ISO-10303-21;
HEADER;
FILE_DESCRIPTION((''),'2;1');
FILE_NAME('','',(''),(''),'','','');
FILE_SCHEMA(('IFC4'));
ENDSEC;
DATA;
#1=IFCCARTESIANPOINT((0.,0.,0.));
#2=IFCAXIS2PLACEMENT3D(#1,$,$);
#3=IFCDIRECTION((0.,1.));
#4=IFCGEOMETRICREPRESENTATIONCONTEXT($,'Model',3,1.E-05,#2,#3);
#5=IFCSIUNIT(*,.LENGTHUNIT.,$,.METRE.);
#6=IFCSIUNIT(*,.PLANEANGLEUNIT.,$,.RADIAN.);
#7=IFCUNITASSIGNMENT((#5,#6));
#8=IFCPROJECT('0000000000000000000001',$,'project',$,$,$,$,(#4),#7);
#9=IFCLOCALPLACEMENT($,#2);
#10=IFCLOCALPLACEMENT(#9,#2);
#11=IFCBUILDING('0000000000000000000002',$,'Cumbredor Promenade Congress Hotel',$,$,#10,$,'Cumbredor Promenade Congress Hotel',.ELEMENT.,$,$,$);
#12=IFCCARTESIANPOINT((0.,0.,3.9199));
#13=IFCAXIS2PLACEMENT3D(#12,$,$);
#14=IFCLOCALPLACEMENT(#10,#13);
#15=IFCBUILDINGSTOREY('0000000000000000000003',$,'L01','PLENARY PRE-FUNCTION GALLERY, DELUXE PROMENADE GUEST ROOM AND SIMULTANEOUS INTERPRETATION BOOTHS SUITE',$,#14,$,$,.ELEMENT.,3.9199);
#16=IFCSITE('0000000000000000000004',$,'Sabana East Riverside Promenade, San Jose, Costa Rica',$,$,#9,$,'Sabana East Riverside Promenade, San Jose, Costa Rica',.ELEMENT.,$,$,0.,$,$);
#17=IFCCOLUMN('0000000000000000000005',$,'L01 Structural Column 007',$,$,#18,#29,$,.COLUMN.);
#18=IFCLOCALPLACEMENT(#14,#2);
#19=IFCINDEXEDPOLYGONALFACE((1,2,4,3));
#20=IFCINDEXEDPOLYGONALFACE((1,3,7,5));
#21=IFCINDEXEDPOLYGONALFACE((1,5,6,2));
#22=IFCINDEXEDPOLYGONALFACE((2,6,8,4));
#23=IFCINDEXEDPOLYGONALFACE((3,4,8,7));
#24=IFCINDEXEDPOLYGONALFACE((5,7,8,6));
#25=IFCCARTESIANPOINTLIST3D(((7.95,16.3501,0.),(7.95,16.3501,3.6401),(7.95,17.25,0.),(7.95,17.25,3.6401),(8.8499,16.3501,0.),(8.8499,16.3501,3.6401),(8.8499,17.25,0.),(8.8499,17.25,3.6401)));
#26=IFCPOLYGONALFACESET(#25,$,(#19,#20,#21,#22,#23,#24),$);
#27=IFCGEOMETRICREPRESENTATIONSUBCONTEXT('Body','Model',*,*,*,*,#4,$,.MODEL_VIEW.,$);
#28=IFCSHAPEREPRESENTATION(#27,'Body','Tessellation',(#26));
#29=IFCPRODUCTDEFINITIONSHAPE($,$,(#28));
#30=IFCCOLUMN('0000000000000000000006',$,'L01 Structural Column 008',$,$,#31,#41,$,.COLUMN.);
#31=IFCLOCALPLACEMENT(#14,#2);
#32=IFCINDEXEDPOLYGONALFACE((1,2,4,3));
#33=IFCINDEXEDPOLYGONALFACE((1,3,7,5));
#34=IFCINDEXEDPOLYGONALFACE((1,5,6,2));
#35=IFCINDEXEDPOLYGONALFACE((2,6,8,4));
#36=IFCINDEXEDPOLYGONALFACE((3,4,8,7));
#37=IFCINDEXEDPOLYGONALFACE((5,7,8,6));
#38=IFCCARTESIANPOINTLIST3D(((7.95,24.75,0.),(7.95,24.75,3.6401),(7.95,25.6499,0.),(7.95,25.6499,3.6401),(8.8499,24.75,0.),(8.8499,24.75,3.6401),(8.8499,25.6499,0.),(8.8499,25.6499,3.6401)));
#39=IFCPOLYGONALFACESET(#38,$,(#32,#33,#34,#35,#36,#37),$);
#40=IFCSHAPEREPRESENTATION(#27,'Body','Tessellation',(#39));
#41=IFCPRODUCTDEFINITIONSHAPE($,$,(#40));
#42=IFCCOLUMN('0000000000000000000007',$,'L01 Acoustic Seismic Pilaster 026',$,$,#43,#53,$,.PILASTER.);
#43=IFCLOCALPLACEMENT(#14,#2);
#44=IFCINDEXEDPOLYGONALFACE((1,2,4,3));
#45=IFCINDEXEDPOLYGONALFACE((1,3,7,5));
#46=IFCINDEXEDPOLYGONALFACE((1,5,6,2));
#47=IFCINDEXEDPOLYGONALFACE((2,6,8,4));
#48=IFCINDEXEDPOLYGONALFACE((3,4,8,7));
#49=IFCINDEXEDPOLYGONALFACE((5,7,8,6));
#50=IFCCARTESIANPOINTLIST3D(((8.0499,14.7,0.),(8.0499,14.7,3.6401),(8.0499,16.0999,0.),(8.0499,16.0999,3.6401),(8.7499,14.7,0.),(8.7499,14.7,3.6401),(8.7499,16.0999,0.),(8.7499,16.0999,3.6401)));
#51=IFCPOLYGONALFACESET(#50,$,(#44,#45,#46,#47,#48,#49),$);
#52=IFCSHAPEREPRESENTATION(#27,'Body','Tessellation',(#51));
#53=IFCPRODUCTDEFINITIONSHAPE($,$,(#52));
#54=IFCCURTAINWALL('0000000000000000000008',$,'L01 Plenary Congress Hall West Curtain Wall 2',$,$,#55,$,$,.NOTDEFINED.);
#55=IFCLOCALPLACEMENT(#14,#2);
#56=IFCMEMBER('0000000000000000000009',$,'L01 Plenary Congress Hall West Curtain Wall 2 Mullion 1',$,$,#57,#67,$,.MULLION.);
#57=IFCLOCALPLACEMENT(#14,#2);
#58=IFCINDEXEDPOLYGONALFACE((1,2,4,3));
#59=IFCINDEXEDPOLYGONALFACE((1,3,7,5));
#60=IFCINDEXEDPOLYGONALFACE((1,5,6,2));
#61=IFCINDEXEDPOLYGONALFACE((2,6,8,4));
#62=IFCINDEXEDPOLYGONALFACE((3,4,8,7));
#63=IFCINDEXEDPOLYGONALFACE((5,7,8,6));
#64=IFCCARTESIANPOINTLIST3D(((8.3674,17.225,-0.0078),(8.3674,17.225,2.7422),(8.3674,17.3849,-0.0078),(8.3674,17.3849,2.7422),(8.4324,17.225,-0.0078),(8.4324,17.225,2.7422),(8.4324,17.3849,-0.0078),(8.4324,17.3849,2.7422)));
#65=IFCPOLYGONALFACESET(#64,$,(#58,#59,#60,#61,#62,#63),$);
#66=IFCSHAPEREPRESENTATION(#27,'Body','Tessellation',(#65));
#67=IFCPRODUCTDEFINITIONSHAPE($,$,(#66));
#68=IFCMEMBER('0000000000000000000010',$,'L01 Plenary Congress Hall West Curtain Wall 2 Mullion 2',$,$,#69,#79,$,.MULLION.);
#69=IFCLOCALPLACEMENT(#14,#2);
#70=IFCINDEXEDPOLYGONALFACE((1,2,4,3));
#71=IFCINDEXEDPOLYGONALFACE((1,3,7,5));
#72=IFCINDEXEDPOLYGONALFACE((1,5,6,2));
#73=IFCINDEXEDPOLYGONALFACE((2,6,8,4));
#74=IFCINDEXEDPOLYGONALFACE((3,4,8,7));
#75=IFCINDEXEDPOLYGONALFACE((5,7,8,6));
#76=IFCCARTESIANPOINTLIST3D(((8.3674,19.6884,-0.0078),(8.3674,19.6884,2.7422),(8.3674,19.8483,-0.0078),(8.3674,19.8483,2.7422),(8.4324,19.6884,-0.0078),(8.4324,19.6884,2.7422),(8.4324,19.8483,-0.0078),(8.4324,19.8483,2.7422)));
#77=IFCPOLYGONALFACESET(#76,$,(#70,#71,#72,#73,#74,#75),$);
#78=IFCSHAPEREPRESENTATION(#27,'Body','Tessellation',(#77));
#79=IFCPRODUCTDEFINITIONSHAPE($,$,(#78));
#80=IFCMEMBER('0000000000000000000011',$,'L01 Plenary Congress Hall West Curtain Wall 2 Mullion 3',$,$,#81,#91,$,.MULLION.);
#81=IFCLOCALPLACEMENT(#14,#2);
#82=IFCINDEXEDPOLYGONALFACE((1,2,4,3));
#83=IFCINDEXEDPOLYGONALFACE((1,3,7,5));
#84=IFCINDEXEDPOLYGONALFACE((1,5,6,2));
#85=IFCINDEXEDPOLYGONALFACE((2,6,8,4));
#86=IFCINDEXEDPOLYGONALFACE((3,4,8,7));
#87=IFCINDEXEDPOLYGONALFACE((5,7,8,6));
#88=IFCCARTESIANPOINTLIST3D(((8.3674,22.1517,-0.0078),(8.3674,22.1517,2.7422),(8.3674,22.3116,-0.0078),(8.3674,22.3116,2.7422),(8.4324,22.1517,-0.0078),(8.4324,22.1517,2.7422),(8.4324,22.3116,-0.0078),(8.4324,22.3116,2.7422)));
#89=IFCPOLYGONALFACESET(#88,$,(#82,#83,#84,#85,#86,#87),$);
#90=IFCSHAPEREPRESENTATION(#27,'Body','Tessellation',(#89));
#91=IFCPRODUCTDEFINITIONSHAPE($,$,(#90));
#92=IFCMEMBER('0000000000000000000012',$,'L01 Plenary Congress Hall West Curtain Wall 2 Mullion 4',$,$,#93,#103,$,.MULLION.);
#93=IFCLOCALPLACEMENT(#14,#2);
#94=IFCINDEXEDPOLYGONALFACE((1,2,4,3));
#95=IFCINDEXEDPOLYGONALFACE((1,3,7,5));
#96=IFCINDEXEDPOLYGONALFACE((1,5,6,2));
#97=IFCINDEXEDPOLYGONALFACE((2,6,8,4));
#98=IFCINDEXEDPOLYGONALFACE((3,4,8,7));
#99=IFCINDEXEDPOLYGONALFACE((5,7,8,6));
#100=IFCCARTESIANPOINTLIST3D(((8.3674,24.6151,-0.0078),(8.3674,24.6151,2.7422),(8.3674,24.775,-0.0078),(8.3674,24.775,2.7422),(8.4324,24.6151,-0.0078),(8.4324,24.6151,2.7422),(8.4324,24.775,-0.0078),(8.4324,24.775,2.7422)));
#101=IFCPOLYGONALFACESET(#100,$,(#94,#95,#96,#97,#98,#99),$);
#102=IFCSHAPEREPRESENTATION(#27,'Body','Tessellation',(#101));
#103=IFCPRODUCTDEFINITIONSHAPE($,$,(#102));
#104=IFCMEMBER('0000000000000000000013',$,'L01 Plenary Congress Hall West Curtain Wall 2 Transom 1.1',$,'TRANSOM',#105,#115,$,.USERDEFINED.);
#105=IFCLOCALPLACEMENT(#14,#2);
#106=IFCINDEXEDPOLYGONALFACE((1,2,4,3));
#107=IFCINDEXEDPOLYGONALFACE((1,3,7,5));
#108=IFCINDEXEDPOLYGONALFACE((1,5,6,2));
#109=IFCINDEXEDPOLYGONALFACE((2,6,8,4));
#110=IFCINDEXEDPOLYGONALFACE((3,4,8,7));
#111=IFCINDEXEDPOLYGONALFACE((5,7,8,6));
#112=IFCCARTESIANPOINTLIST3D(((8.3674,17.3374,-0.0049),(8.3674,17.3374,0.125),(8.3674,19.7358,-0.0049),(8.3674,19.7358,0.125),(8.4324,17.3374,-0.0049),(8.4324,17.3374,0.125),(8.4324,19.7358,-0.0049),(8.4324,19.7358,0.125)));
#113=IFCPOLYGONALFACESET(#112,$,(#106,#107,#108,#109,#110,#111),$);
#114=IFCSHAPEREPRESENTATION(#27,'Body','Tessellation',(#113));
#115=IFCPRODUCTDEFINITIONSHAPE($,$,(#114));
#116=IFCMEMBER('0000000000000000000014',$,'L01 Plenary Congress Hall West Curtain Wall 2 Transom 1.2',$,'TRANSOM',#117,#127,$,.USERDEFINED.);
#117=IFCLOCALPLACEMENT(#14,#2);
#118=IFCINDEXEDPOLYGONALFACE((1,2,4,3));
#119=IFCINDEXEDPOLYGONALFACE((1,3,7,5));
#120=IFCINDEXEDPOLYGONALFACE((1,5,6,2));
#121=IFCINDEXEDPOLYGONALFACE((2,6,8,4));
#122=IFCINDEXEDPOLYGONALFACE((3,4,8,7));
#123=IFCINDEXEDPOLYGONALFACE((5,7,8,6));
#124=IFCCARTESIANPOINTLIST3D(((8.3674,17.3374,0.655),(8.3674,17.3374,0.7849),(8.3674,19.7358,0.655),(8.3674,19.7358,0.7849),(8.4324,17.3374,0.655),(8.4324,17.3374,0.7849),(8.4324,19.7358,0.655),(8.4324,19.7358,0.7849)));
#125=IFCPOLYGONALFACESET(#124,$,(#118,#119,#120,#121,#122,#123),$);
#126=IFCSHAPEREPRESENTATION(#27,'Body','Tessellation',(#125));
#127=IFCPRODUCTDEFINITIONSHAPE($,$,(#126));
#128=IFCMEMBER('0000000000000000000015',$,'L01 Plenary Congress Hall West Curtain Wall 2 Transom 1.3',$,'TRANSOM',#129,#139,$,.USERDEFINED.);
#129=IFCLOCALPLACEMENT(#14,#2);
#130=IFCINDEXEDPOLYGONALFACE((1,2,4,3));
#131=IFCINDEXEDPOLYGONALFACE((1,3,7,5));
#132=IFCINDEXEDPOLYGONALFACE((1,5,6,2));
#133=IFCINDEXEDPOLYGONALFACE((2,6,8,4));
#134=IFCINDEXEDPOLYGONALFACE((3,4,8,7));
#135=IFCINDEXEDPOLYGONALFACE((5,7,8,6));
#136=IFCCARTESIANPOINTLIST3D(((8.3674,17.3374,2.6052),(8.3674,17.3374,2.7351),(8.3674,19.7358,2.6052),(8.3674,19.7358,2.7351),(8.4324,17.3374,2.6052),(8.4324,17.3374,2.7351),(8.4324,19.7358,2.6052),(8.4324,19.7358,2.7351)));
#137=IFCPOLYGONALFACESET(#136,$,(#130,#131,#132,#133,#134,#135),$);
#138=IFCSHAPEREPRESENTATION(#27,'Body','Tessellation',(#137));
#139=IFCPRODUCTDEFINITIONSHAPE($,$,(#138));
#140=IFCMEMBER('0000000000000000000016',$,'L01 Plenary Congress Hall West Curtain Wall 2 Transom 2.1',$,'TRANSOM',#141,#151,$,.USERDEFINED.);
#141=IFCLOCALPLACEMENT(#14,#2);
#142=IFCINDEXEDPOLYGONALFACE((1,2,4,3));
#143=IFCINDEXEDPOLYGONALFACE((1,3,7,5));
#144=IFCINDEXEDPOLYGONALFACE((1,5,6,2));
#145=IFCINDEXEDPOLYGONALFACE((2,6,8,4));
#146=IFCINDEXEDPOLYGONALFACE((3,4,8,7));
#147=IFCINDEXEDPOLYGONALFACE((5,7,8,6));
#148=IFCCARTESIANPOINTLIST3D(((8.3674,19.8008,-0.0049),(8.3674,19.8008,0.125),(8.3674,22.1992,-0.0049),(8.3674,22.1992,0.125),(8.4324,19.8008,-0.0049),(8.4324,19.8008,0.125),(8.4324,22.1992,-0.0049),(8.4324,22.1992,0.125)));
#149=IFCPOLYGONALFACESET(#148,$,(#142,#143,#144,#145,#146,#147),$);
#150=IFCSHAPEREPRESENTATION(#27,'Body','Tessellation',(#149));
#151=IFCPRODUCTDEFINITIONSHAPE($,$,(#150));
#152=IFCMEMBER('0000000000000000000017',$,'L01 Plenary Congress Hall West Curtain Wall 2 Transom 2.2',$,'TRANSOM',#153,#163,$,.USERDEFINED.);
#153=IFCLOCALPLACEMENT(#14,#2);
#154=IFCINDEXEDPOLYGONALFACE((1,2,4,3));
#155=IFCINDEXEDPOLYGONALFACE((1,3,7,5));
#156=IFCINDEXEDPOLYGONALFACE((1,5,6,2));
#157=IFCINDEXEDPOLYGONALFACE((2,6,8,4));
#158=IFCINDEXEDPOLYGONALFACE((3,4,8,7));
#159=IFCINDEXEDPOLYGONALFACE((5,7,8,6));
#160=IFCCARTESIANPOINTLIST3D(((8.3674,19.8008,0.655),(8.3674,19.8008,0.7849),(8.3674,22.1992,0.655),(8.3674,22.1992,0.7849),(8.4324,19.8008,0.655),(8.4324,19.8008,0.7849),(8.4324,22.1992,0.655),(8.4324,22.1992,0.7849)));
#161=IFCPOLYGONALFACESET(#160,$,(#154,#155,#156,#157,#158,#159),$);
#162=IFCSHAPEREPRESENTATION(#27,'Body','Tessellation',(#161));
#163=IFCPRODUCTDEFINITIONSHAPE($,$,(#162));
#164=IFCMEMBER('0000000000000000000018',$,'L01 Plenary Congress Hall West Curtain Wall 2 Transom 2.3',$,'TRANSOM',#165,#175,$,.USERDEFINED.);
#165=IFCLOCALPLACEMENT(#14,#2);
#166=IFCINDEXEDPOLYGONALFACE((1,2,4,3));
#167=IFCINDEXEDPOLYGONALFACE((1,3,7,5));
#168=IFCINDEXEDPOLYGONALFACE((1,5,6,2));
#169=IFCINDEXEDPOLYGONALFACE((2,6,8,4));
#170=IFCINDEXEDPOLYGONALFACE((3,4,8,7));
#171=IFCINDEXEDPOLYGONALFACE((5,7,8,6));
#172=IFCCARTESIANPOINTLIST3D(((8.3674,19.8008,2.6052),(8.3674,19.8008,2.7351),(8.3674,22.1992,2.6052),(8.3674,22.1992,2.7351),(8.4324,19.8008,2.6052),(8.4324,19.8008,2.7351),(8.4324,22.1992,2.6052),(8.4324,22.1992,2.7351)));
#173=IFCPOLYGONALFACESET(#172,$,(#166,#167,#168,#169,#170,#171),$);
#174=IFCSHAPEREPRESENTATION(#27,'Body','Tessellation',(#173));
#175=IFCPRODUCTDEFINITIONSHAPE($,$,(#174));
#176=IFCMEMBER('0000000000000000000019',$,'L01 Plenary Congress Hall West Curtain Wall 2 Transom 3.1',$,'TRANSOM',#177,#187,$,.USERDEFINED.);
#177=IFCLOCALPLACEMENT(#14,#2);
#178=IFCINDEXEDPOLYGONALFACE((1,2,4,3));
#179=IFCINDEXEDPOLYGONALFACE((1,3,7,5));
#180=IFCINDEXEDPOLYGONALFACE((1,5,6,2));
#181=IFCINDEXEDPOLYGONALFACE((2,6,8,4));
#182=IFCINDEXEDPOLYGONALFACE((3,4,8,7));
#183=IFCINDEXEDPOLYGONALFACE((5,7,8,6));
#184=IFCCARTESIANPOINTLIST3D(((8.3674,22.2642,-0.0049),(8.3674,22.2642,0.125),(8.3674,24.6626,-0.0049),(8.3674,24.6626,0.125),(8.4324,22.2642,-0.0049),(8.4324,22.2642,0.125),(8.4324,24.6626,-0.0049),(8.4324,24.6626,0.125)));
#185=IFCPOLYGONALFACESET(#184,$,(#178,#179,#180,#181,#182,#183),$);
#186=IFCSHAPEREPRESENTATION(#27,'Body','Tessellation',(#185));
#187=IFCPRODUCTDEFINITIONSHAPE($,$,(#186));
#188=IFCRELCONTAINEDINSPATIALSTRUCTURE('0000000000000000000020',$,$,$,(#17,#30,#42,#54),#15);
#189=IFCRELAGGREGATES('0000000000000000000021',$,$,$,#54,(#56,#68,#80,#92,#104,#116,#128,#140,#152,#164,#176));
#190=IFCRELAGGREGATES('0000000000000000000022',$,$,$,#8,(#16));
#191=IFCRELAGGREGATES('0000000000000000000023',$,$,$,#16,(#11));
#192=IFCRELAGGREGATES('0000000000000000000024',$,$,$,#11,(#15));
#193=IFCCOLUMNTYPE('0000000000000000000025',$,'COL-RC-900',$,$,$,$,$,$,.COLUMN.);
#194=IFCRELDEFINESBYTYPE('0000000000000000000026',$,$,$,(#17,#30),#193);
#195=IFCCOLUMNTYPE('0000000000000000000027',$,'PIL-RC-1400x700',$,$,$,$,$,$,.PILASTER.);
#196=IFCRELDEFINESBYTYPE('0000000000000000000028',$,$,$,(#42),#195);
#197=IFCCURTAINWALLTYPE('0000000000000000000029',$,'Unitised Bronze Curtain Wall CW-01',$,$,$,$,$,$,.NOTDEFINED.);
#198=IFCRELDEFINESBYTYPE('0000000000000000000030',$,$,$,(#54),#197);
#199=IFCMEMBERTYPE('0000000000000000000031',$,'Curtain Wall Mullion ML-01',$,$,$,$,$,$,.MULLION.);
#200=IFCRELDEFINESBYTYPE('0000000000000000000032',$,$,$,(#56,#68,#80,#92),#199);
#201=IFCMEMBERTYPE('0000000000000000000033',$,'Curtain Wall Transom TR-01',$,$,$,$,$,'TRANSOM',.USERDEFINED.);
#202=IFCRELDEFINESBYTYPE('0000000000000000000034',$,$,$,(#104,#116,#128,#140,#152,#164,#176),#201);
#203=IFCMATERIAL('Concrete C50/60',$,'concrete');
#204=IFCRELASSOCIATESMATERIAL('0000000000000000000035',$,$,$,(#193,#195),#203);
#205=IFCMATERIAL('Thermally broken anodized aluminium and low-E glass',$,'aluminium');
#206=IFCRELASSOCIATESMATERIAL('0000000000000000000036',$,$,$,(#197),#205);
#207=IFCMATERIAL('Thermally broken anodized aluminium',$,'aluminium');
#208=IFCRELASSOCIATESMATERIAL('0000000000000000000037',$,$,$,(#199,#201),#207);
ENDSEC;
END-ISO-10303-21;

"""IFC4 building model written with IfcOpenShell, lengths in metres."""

from ifc_helpers import new_model, si_unit, direction, frame, origin, origin_2d, place, context, subcontext, project, spatial, rectangle, extrude, material, material_profile, profile_set, type_object, element, aggregate, save


model = new_model("IFC4")

# Units and contexts
model_context = context("Model", 3, precision=1e-05, world=origin(), true_north=direction((0.0, 1.0)))
body_context = subcontext(model_context, "Body", "Model", "MODEL_VIEW")
ifc_project = project(units=[si_unit("LENGTHUNIT", "METRE"), si_unit("PLANEANGLEUNIT", "RADIAN")], contexts=[model_context])

# Site, building, storey
site_placement = place(None, origin())
site = spatial("IfcSite", under=ifc_project, at=site_placement, Name="Sabana East Riverside Promenade, San Jose, Costa Rica", LongName="Sabana East Riverside Promenade, San Jose, Costa Rica", CompositionType="ELEMENT", RefElevation=0.0)
building_placement = place(site_placement, origin())
building = spatial("IfcBuilding", under=site, at=building_placement, Name="Cumbredor Promenade Congress Hotel", LongName="Cumbredor Promenade Congress Hotel", CompositionType="ELEMENT")
storey_placement = place(building_placement, frame((0.0, 0.0, 3.9199)))
storey = spatial("IfcBuildingStorey", under=building, at=storey_placement, Name="L01", Description="PLENARY PRE-FUNCTION GALLERY, DELUXE PROMENADE GUEST ROOM AND SIMULTANEOUS INTERPRETATION BOOTHS SUITE", CompositionType="ELEMENT", Elevation=3.9199)

# Columns
ifc_material_1 = material(Name="Concrete C50/60", Category="concrete")
ifc_material_profile_1 = material_profile(ifc_material_1, rectangle(XDim=0.8999, YDim=0.8999, at=origin_2d()), Name="RC 900x900")
ifc_profile_set_1 = profile_set([ifc_material_profile_1], Name="Concrete C50/60")
column_type_1 = type_object("IfcColumnType", Name="COL-RC-900", PredefinedType="COLUMN", material=ifc_profile_set_1)
for number, where, z_axis, x_axis, name in (
    (1, (8.3999, 16.8, 0.0), (0.0, 0.0, 1.0), (1.0, 0.0, 0.0), "L01 Structural Column 007"),
    (2, (8.3999, 25.2, 0.0), (0.0, 0.0, 1.0), (1.0, 0.0, 0.0), "L01 Structural Column 008"),
):
    element("IfcColumn", number, at=place(storey_placement, frame(where, z_axis=z_axis, x_axis=x_axis)), inside=storey, type_object=column_type_1, Name=name, PredefinedType="COLUMN", context=body_context, shape_type="SweptSolid", body=[
        extrude(rectangle(XDim=0.8999, YDim=0.8999, at=origin_2d()), origin(), (0.0, 0.0, 1.0), 3.6401),
    ])
ifc_material_profile_2 = material_profile(ifc_material_1, rectangle(XDim=0.7, YDim=1.3999, at=origin_2d()), Name="RC PILASTER 1400x700")
ifc_profile_set_2 = profile_set([ifc_material_profile_2], Name="Concrete C50/60")
column_type_2 = type_object("IfcColumnType", Name="PIL-RC-1400x700", PredefinedType="PILASTER", material=ifc_profile_set_2)
column_placement = place(storey_placement, frame((8.3999, 15.3999, 0.0), z_axis=(0.0, 0.0, 1.0), x_axis=(1.0, 0.0, 0.0)))
element("IfcColumn", 3, at=column_placement, inside=storey, type_object=column_type_2, Name="L01 Acoustic Seismic Pilaster 026", PredefinedType="PILASTER", context=body_context, shape_type="SweptSolid", body=[
    extrude(rectangle(XDim=0.7, YDim=1.3999, at=origin_2d()), origin(), (0.0, 0.0, 1.0), 3.6401),
])

# Curtain wall, members
ifc_material_2 = material(Name="Thermally broken anodized aluminium and low-E glass", Category="aluminium")
curtain_wall_type = type_object("IfcCurtainWallType", Name="Unitised Bronze Curtain Wall CW-01", PredefinedType="NOTDEFINED", material=ifc_material_2)
curtain_wall_placement = place(storey_placement, origin())
curtain_wall = element("IfcCurtainWall", 4, at=curtain_wall_placement, inside=storey, type_object=curtain_wall_type, Name="L01 Plenary Congress Hall West Curtain Wall 2", PredefinedType="NOTDEFINED")
ifc_material_3 = material(Name="Thermally broken anodized aluminium", Category="aluminium")
ifc_material_profile_3 = material_profile(ifc_material_3, rectangle(XDim=0.0649, YDim=0.1599, at=origin_2d()), Name="ALU MULLION 65x160")
ifc_profile_set_3 = profile_set([ifc_material_profile_3], Name="Thermally broken anodized aluminium")
member_type_1 = type_object("IfcMemberType", Name="Curtain Wall Mullion ML-01", PredefinedType="MULLION", material=ifc_profile_set_3)
member_1_placement = place(storey_placement, frame((8.3999, 17.3049, -0.0078), z_axis=(0.0, 0.0, 1.0), x_axis=(1.0, 0.0, 0.0)))
member_1 = element("IfcMember", 5, at=member_1_placement, type_object=member_type_1, Name="L01 Plenary Congress Hall West Curtain Wall 2 Mullion 1", PredefinedType="MULLION", context=body_context, shape_type="SweptSolid", body=[
    extrude(rectangle(XDim=0.0649, YDim=0.1599, at=origin_2d()), origin(), (0.0, 0.0, 1.0), 2.75),
])
member_2_placement = place(storey_placement, frame((8.3999, 19.7683, -0.0078), z_axis=(0.0, 0.0, 1.0), x_axis=(1.0, 0.0, 0.0)))
member_2 = element("IfcMember", 6, at=member_2_placement, type_object=member_type_1, Name="L01 Plenary Congress Hall West Curtain Wall 2 Mullion 2", PredefinedType="MULLION", context=body_context, shape_type="SweptSolid", body=[
    extrude(rectangle(XDim=0.0649, YDim=0.1599, at=origin_2d()), origin(), (0.0, 0.0, 1.0), 2.75),
])
member_3_placement = place(storey_placement, frame((8.3999, 22.2317, -0.0078), z_axis=(0.0, 0.0, 1.0), x_axis=(1.0, 0.0, 0.0)))
member_3 = element("IfcMember", 7, at=member_3_placement, type_object=member_type_1, Name="L01 Plenary Congress Hall West Curtain Wall 2 Mullion 3", PredefinedType="MULLION", context=body_context, shape_type="SweptSolid", body=[
    extrude(rectangle(XDim=0.0649, YDim=0.1599, at=origin_2d()), origin(), (0.0, 0.0, 1.0), 2.75),
])
member_4_placement = place(storey_placement, frame((8.3999, 24.6951, -0.0078), z_axis=(0.0, 0.0, 1.0), x_axis=(1.0, 0.0, 0.0)))
member_4 = element("IfcMember", 8, at=member_4_placement, type_object=member_type_1, Name="L01 Plenary Congress Hall West Curtain Wall 2 Mullion 4", PredefinedType="MULLION", context=body_context, shape_type="SweptSolid", body=[
    extrude(rectangle(XDim=0.0649, YDim=0.1599, at=origin_2d()), origin(), (0.0, 0.0, 1.0), 2.75),
])
ifc_material_profile_4 = material_profile(ifc_material_3, rectangle(XDim=0.0649, YDim=0.1299, at=origin_2d()), Name="ALU TRANSOM 65x130")
ifc_profile_set_4 = profile_set([ifc_material_profile_4], Name="Thermally broken anodized aluminium")
member_type_2 = type_object("IfcMemberType", Name="Curtain Wall Transom TR-01", ElementType="TRANSOM", PredefinedType="USERDEFINED", material=ifc_profile_set_4)
member_5_placement = place(storey_placement, frame((8.3999, 17.3374, 0.0601), z_axis=(0.0, 1.0, 0.0), x_axis=(-1.0, 0.0, 0.0)))
member_5 = element("IfcMember", 9, at=member_5_placement, type_object=member_type_2, Name="L01 Plenary Congress Hall West Curtain Wall 2 Transom 1.1", ObjectType="TRANSOM", PredefinedType="USERDEFINED", context=body_context, shape_type="SweptSolid", body=[
    extrude(rectangle(XDim=0.0649, YDim=0.1299, at=origin_2d()), origin(), (0.0, 0.0, 1.0), 2.3984),
])
member_6_placement = place(storey_placement, frame((8.3999, 17.3374, 0.72), z_axis=(0.0, 1.0, 0.0), x_axis=(-1.0, 0.0, 0.0)))
member_6 = element("IfcMember", 10, at=member_6_placement, type_object=member_type_2, Name="L01 Plenary Congress Hall West Curtain Wall 2 Transom 1.2", ObjectType="TRANSOM", PredefinedType="USERDEFINED", context=body_context, shape_type="SweptSolid", body=[
    extrude(rectangle(XDim=0.0649, YDim=0.1299, at=origin_2d()), origin(), (0.0, 0.0, 1.0), 2.3984),
])
member_7_placement = place(storey_placement, frame((8.3999, 17.3374, 2.6702), z_axis=(0.0, 1.0, 0.0), x_axis=(-1.0, 0.0, 0.0)))
member_7 = element("IfcMember", 11, at=member_7_placement, type_object=member_type_2, Name="L01 Plenary Congress Hall West Curtain Wall 2 Transom 1.3", ObjectType="TRANSOM", PredefinedType="USERDEFINED", context=body_context, shape_type="SweptSolid", body=[
    extrude(rectangle(XDim=0.0649, YDim=0.1299, at=origin_2d()), origin(), (0.0, 0.0, 1.0), 2.3984),
])
member_8_placement = place(storey_placement, frame((8.3999, 19.8008, 0.0601), z_axis=(0.0, 1.0, 0.0), x_axis=(-1.0, 0.0, 0.0)))
member_8 = element("IfcMember", 12, at=member_8_placement, type_object=member_type_2, Name="L01 Plenary Congress Hall West Curtain Wall 2 Transom 2.1", ObjectType="TRANSOM", PredefinedType="USERDEFINED", context=body_context, shape_type="SweptSolid", body=[
    extrude(rectangle(XDim=0.0649, YDim=0.1299, at=origin_2d()), origin(), (0.0, 0.0, 1.0), 2.3984),
])
member_9_placement = place(storey_placement, frame((8.3999, 19.8008, 0.72), z_axis=(0.0, 1.0, 0.0), x_axis=(-1.0, 0.0, 0.0)))
member_9 = element("IfcMember", 13, at=member_9_placement, type_object=member_type_2, Name="L01 Plenary Congress Hall West Curtain Wall 2 Transom 2.2", ObjectType="TRANSOM", PredefinedType="USERDEFINED", context=body_context, shape_type="SweptSolid", body=[
    extrude(rectangle(XDim=0.0649, YDim=0.1299, at=origin_2d()), origin(), (0.0, 0.0, 1.0), 2.3984),
])
member_10_placement = place(storey_placement, frame((8.3999, 19.8008, 2.6702), z_axis=(0.0, 1.0, 0.0), x_axis=(-1.0, 0.0, 0.0)))
member_10 = element("IfcMember", 14, at=member_10_placement, type_object=member_type_2, Name="L01 Plenary Congress Hall West Curtain Wall 2 Transom 2.3", ObjectType="TRANSOM", PredefinedType="USERDEFINED", context=body_context, shape_type="SweptSolid", body=[
    extrude(rectangle(XDim=0.0649, YDim=0.1299, at=origin_2d()), origin(), (0.0, 0.0, 1.0), 2.3984),
])
member_11_placement = place(storey_placement, frame((8.3999, 22.2642, 0.0601), z_axis=(0.0, 1.0, 0.0), x_axis=(-1.0, 0.0, 0.0)))
member_11 = element("IfcMember", 15, at=member_11_placement, type_object=member_type_2, Name="L01 Plenary Congress Hall West Curtain Wall 2 Transom 3.1", ObjectType="TRANSOM", PredefinedType="USERDEFINED", context=body_context, shape_type="SweptSolid", body=[
    extrude(rectangle(XDim=0.0649, YDim=0.1299, at=origin_2d()), origin(), (0.0, 0.0, 1.0), 2.3984),
])

aggregate(curtain_wall, [member_1, member_2, member_3, member_4, member_5, member_6, member_7, member_8, member_9, member_10, member_11])

save(model, "model.ifc")
